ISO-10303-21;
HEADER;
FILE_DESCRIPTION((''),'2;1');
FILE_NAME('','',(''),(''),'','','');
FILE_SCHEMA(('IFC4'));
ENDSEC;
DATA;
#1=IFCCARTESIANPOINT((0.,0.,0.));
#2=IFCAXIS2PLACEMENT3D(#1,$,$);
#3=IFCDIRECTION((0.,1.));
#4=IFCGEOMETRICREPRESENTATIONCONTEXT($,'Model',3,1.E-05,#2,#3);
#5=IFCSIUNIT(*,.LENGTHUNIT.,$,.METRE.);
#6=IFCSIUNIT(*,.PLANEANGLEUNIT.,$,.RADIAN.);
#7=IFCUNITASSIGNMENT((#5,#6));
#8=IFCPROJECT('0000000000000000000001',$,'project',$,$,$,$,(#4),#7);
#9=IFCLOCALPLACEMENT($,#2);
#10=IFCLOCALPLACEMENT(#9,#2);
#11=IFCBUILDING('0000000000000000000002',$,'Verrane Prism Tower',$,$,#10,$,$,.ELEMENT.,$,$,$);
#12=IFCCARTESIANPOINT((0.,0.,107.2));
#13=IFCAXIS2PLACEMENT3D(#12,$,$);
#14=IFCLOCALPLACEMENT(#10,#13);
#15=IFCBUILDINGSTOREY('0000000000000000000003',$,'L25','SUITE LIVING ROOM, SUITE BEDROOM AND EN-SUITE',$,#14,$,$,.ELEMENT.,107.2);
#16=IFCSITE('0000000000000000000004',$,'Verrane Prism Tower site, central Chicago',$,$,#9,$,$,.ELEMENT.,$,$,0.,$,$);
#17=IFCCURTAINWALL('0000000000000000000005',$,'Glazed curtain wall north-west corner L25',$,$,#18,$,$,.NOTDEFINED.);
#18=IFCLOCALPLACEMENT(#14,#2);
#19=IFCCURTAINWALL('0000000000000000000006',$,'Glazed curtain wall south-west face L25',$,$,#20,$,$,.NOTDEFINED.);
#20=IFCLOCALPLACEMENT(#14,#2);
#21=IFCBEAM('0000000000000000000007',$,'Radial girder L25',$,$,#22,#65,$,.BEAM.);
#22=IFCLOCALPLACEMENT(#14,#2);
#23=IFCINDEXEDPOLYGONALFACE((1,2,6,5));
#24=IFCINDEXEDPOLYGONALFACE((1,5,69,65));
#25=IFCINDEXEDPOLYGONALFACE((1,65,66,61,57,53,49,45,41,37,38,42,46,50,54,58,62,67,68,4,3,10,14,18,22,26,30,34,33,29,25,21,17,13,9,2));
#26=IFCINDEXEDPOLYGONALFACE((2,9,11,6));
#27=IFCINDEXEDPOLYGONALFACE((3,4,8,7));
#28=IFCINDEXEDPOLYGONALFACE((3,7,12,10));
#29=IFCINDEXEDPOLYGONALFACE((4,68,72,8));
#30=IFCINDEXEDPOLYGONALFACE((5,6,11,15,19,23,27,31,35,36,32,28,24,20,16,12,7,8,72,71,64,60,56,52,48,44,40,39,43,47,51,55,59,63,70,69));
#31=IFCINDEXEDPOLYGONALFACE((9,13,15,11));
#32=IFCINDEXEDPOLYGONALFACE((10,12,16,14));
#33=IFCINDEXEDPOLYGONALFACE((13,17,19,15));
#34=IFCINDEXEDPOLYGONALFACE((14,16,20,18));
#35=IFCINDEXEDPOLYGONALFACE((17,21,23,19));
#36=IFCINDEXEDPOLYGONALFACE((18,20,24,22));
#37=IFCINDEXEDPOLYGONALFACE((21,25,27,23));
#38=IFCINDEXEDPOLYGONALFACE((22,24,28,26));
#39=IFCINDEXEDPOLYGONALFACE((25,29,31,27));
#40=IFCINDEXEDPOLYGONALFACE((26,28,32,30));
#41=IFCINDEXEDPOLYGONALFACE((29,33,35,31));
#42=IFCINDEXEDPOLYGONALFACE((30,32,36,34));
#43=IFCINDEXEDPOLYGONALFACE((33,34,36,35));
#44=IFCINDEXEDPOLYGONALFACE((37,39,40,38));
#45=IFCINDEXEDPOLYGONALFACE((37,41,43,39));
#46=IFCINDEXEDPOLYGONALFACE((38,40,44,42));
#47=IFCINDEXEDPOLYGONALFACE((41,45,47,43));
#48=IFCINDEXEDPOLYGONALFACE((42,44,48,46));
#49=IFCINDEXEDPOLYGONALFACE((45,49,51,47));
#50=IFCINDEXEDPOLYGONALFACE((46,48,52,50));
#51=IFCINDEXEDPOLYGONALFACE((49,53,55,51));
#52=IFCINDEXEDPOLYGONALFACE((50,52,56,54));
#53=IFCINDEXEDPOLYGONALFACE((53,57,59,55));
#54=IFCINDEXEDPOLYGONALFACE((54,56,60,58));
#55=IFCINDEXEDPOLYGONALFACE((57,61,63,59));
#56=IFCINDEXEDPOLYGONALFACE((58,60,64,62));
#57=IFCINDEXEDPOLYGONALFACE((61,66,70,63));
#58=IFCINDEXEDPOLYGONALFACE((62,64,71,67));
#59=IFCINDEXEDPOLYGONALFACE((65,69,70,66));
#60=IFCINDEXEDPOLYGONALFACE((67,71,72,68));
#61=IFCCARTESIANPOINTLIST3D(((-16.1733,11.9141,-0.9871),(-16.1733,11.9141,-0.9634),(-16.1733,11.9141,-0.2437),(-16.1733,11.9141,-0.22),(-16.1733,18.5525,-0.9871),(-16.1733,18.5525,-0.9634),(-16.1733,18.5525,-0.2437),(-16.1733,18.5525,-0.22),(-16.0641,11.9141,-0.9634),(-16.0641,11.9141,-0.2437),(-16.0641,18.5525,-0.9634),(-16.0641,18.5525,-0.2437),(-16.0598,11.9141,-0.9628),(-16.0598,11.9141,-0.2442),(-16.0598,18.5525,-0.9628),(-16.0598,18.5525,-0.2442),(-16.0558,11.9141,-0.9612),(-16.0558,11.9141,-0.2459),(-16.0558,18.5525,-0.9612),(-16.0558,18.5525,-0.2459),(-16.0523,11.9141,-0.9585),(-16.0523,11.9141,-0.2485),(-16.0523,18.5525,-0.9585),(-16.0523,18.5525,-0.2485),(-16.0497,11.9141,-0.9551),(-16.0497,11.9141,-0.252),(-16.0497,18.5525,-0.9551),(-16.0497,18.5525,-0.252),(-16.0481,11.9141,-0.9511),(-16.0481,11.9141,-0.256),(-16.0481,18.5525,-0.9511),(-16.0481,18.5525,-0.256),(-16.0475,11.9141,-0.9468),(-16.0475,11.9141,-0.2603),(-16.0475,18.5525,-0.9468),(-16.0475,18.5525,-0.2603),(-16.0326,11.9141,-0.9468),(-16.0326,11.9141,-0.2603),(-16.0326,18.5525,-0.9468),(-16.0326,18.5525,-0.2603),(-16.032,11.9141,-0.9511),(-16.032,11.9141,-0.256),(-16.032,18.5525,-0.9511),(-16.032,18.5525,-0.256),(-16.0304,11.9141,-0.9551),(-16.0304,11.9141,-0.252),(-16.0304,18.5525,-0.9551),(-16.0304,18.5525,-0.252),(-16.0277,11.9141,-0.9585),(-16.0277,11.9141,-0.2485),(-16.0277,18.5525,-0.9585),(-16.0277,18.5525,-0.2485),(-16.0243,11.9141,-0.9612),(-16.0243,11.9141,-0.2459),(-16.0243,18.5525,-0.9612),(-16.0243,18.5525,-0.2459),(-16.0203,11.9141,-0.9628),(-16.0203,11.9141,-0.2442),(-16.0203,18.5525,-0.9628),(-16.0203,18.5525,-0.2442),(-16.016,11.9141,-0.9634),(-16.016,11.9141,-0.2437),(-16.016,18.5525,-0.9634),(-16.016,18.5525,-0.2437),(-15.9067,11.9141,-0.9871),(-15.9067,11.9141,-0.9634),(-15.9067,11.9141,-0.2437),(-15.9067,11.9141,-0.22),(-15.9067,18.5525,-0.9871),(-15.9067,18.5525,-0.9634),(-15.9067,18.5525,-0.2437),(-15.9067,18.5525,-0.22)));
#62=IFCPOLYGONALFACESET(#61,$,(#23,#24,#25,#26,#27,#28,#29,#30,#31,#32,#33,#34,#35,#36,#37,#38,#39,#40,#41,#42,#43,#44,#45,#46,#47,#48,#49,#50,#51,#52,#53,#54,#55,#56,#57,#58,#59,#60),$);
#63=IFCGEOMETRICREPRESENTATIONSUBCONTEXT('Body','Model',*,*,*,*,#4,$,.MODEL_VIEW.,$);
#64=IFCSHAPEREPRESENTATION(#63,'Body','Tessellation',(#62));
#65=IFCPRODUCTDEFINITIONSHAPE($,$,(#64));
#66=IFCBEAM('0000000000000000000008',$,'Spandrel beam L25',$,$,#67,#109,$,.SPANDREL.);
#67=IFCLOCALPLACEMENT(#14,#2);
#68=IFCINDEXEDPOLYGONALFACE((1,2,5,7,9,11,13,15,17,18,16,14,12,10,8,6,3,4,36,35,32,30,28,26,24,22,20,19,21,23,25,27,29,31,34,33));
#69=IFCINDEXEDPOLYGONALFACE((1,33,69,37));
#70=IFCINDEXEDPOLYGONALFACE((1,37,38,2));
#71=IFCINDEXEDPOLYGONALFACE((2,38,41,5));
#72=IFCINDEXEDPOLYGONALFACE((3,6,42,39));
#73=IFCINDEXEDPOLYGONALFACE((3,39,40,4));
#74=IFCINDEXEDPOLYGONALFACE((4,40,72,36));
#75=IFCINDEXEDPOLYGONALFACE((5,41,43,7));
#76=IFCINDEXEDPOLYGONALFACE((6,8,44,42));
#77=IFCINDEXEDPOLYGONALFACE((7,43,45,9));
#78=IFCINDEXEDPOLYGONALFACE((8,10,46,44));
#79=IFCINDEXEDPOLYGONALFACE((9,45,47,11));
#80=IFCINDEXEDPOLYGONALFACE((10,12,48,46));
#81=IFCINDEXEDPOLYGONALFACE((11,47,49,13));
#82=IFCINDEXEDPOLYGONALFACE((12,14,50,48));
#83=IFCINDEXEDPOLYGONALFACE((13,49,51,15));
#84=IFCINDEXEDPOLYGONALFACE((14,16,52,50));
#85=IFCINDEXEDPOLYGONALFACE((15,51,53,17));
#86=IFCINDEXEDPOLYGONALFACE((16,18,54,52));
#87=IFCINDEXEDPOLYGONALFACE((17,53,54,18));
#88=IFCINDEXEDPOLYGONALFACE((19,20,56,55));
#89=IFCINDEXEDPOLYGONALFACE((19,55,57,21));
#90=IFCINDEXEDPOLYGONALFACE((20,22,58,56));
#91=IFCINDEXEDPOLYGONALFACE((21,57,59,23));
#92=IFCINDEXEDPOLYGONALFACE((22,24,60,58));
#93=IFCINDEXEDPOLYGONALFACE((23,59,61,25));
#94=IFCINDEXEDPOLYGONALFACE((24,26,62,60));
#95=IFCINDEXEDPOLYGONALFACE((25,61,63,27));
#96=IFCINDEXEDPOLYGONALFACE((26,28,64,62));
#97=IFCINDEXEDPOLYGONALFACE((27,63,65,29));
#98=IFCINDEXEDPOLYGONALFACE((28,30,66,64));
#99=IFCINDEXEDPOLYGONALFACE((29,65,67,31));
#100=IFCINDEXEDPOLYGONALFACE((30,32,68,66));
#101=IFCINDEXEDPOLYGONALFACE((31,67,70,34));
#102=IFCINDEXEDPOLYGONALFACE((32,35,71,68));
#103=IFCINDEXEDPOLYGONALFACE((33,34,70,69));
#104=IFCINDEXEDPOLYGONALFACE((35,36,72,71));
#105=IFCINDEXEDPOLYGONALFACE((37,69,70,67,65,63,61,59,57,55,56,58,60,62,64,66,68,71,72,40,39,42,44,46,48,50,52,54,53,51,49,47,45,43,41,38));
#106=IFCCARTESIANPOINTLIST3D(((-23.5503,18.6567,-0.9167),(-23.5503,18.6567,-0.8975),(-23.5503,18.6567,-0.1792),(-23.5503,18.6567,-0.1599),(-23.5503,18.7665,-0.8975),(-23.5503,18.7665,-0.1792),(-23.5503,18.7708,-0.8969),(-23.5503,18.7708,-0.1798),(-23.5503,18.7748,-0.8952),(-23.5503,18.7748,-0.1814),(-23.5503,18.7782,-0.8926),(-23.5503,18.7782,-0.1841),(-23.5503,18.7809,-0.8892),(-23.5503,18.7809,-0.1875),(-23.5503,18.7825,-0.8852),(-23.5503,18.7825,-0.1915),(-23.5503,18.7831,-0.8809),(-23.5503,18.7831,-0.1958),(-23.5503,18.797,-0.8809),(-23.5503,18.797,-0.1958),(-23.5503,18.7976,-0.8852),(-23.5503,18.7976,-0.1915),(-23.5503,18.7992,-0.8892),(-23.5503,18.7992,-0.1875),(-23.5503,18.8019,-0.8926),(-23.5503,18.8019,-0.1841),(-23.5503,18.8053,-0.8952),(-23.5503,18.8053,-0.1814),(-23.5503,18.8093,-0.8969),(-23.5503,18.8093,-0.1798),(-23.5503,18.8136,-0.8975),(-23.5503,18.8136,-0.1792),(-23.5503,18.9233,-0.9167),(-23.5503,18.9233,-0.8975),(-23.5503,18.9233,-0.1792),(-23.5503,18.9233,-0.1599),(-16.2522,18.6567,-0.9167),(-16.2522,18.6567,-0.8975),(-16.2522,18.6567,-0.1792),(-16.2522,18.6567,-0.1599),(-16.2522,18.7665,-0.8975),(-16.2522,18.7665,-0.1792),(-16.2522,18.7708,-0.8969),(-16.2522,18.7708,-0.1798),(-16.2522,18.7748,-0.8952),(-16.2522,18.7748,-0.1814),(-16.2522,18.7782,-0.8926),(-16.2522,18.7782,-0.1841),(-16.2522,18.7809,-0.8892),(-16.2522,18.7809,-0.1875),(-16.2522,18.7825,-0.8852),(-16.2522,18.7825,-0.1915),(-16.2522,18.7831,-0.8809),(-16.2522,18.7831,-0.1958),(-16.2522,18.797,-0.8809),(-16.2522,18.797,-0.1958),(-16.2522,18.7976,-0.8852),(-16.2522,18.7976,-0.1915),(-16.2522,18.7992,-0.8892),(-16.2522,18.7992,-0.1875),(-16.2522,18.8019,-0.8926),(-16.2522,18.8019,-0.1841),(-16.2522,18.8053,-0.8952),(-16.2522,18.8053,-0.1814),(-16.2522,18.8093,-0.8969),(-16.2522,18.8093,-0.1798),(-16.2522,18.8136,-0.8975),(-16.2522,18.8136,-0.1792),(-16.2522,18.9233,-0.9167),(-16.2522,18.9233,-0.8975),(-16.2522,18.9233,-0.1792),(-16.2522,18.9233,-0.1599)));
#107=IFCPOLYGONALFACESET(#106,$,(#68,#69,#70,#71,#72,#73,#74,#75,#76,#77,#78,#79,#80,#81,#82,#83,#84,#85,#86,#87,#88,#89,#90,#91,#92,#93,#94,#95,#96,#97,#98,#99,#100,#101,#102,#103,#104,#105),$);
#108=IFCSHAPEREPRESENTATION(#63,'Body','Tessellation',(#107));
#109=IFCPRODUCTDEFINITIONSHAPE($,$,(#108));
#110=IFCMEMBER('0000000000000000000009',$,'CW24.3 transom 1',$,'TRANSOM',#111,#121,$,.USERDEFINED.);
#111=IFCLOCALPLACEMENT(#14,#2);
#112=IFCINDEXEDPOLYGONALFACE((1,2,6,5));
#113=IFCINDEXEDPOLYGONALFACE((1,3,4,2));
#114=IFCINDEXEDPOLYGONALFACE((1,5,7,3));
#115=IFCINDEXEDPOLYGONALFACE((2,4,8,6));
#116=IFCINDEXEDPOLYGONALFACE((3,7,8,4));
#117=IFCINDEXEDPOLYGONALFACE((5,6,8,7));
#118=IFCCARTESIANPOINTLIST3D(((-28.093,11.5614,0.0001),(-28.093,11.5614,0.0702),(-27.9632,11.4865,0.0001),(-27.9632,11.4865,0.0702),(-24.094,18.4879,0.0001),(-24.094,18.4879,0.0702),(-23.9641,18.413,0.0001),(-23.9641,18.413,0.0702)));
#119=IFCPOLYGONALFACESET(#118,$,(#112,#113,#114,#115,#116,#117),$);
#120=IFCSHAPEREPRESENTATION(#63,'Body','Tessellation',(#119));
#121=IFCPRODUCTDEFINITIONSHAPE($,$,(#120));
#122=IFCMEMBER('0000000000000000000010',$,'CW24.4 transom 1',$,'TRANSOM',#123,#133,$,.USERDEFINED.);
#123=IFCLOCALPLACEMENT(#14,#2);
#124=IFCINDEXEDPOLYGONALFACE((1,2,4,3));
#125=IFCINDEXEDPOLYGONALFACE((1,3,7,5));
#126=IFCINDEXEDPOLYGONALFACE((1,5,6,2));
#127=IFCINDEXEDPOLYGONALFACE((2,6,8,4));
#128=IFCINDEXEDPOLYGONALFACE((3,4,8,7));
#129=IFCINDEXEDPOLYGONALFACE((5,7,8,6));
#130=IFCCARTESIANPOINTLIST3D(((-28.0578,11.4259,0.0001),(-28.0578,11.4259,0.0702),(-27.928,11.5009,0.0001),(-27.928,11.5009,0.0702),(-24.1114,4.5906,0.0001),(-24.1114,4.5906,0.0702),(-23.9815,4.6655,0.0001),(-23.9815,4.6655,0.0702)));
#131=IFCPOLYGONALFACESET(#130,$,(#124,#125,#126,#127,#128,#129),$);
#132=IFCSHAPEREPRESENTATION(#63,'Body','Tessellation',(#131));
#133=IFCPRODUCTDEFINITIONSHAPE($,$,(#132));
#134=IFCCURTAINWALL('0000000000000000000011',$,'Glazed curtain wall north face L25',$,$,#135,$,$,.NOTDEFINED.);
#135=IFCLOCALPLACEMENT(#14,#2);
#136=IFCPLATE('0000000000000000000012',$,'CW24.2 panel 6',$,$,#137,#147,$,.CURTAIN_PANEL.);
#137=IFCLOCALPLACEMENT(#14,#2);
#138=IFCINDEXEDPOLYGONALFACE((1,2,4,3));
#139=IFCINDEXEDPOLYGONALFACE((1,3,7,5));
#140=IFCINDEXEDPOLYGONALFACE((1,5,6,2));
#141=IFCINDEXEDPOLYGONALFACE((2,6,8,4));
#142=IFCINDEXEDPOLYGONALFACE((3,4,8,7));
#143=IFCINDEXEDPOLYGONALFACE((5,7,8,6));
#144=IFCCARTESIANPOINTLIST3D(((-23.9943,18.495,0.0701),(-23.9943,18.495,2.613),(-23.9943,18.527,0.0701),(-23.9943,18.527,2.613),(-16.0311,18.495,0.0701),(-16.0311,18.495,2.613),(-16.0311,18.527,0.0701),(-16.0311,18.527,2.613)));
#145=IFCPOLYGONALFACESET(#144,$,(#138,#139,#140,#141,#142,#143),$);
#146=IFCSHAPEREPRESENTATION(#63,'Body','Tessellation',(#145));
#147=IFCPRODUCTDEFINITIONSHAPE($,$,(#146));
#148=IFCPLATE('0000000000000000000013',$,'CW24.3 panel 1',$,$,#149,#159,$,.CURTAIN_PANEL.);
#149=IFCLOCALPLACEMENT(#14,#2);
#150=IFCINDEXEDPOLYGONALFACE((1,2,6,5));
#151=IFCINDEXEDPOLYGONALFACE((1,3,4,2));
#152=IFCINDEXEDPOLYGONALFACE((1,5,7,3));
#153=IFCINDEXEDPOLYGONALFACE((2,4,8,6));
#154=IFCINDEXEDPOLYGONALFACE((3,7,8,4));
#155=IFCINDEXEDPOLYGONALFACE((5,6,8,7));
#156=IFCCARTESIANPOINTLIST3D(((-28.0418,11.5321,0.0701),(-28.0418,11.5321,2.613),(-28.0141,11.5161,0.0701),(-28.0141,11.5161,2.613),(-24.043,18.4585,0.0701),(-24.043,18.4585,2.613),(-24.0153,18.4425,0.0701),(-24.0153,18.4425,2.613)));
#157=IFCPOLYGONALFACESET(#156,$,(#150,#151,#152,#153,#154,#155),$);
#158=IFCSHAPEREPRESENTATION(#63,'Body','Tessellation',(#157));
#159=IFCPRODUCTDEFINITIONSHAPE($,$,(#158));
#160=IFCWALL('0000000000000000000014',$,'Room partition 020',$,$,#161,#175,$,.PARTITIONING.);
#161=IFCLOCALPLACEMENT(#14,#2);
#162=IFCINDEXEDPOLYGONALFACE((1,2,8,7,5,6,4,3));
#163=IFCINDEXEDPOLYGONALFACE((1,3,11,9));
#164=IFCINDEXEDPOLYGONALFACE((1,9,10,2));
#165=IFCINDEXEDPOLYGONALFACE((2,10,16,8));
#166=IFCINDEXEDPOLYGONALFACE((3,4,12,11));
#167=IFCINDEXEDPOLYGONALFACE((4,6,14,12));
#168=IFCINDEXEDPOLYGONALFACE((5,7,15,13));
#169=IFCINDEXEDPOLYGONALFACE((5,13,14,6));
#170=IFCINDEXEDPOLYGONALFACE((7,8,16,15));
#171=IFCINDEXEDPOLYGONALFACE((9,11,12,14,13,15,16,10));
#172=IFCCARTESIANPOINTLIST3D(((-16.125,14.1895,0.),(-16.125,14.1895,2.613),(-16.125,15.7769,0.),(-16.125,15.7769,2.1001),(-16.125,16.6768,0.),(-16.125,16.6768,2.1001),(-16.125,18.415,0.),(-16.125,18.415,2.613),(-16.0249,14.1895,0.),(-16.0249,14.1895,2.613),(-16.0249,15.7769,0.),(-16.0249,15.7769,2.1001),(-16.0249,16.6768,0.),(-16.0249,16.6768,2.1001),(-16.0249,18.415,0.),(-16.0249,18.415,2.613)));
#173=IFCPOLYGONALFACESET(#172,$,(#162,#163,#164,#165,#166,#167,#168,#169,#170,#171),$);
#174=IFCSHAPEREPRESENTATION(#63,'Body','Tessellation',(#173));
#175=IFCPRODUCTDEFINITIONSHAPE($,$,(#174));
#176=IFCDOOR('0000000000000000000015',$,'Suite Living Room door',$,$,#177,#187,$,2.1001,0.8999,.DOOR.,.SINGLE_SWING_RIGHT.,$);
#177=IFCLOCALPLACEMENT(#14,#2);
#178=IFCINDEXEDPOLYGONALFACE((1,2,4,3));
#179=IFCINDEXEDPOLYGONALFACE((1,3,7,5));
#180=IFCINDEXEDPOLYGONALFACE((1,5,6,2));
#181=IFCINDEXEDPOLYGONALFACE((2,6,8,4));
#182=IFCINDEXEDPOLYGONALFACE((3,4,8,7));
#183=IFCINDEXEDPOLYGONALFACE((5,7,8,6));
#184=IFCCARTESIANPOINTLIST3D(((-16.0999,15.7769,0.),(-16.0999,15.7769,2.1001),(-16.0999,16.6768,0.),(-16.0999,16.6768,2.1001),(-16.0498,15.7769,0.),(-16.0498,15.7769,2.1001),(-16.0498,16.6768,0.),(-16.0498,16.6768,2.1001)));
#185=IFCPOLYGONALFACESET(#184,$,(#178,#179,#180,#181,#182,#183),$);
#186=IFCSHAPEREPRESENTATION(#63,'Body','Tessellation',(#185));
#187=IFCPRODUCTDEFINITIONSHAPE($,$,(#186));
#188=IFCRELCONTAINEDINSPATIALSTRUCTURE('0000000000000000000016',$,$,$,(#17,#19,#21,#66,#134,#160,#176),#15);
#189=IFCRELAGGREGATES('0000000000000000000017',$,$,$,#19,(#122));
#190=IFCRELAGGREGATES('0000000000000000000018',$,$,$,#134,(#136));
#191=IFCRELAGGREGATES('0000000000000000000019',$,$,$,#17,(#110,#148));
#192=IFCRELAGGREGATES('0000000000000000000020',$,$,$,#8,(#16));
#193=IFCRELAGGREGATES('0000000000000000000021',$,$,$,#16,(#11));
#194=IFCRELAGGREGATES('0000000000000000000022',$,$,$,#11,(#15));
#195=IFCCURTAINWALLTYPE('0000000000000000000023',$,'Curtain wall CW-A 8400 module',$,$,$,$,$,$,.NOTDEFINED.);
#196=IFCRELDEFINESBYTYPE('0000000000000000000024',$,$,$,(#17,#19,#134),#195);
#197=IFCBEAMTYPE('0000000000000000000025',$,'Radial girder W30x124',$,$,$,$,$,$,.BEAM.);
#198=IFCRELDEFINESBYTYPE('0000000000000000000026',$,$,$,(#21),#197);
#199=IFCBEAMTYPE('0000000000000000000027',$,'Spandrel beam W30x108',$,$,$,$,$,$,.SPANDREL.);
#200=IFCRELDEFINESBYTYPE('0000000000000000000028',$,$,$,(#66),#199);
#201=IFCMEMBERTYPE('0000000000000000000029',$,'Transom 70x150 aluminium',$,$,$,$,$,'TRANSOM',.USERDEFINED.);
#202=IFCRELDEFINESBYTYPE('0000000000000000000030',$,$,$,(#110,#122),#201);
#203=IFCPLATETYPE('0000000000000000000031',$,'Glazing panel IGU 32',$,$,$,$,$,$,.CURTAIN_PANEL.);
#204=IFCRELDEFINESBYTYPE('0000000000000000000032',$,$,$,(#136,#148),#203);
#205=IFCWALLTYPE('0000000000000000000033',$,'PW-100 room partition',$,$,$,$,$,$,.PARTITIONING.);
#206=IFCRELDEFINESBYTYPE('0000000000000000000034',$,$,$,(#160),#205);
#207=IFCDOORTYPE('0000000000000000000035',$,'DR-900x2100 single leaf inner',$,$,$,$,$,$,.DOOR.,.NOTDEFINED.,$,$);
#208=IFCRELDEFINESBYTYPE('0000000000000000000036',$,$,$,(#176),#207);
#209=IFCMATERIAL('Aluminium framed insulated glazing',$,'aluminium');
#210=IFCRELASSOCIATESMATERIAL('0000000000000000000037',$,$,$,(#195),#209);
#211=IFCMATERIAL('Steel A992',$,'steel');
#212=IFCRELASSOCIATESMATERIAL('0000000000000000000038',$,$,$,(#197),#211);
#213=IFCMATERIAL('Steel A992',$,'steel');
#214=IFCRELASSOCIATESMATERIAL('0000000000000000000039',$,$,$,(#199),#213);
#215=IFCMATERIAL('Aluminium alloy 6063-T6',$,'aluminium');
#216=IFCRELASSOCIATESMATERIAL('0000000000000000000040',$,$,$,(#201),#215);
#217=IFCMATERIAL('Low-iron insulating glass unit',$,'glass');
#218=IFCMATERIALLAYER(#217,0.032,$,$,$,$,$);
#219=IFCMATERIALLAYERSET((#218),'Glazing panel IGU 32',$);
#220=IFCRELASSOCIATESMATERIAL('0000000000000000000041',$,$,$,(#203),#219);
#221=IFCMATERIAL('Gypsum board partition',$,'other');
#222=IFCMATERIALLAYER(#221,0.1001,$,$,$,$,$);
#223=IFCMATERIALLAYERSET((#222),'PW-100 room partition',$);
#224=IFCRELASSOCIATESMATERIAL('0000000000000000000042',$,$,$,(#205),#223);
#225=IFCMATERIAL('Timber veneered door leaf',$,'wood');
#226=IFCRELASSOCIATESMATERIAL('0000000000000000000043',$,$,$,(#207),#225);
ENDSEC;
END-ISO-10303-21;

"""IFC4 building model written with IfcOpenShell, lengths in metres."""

from ifc_helpers import new_model, si_unit, direction, frame, frame_2d, origin, origin_2d, place, context, subcontext, project, spatial, rectangle, i_section, extrude, material, layer, layer_set, material_profile, profile_set, type_object, element, fill, aggregate, save


model = new_model("IFC4")

# Units and contexts
model_context = context("Model", 3, precision=1e-05, world=origin(), true_north=direction((0.0, 1.0)))
body_context = subcontext(model_context, "Body", "Model", "MODEL_VIEW")
ifc_project = project(units=[si_unit("LENGTHUNIT", "METRE"), si_unit("PLANEANGLEUNIT", "RADIAN")], contexts=[model_context])

# Site, building, storey
site_placement = place(None, origin())
site = spatial("IfcSite", under=ifc_project, at=site_placement, Name="Verrane Prism Tower site, central Chicago", CompositionType="ELEMENT", RefElevation=0.0)
building_placement = place(site_placement, origin())
building = spatial("IfcBuilding", under=site, at=building_placement, Name="Verrane Prism Tower", CompositionType="ELEMENT")
storey_placement = place(building_placement, frame((0.0, 0.0, 107.2)))
storey = spatial("IfcBuildingStorey", under=building, at=storey_placement, Name="L25", Description="SUITE LIVING ROOM, SUITE BEDROOM AND EN-SUITE", CompositionType="ELEMENT", Elevation=107.2)

# Curtain walls
ifc_material_1 = material(Name="Aluminium framed insulated glazing", Category="aluminium")
curtain_wall_type = type_object("IfcCurtainWallType", Name="Curtain wall CW-A 8400 module", PredefinedType="NOTDEFINED", material=ifc_material_1)
curtain_wall_1_placement = place(storey_placement, origin())
curtain_wall_1 = element("IfcCurtainWall", 1, at=curtain_wall_1_placement, inside=storey, type_object=curtain_wall_type, Name="Glazed curtain wall north-west corner L25", PredefinedType="NOTDEFINED")
curtain_wall_2_placement = place(storey_placement, origin())
curtain_wall_2 = element("IfcCurtainWall", 2, at=curtain_wall_2_placement, inside=storey, type_object=curtain_wall_type, Name="Glazed curtain wall south-west face L25", PredefinedType="NOTDEFINED")

# Beams
ifc_material_2 = material(Name="Steel A992", Category="steel")
ifc_material_profile_1 = material_profile(ifc_material_2, i_section(OverallWidth=0.2666, OverallDepth=0.7671, WebThickness=0.0149, FlangeThickness=0.0237, FilletRadius=0.0166, at=origin_2d()), Name="W30x124")
ifc_profile_set_1 = profile_set([ifc_material_profile_1], Name="Steel A992")
beam_type_1 = type_object("IfcBeamType", Name="Radial girder W30x124", PredefinedType="BEAM", material=ifc_profile_set_1)
beam_1_placement = place(storey_placement, frame((-16.04, 18.5525, -0.6035), z_axis=(0.0, -1.0, 0.0), x_axis=(1.0, 0.0, 0.0)))
element("IfcBeam", 3, at=beam_1_placement, inside=storey, type_object=beam_type_1, Name="Radial girder L25", PredefinedType="BEAM", context=body_context, shape_type="SweptSolid", body=[
    extrude(i_section(OverallWidth=0.2666, OverallDepth=0.7671, WebThickness=0.0149, FlangeThickness=0.0237, FilletRadius=0.0166, at=origin_2d()), origin(), (0.0, 0.0, 1.0), 6.6384),
])
ifc_material_3 = material(Name="Steel A992", Category="steel")
ifc_material_profile_2 = material_profile(ifc_material_3, i_section(OverallWidth=0.2666, OverallDepth=0.7568, WebThickness=0.0139, FlangeThickness=0.0193, FilletRadius=0.0166, at=origin_2d()), Name="W30x108")
ifc_profile_set_2 = profile_set([ifc_material_profile_2], Name="Steel A992")
beam_type_2 = type_object("IfcBeamType", Name="Spandrel beam W30x108", PredefinedType="SPANDREL", material=ifc_profile_set_2)
beam_2_placement = place(storey_placement, frame((-16.2522, 18.79, -0.5383), z_axis=(-1.0, 0.0, 0.0), x_axis=(0.0, -1.0, 0.0)))
element("IfcBeam", 4, at=beam_2_placement, inside=storey, type_object=beam_type_2, Name="Spandrel beam L25", PredefinedType="SPANDREL", context=body_context, shape_type="SweptSolid", body=[
    extrude(i_section(OverallWidth=0.2666, OverallDepth=0.7568, WebThickness=0.0139, FlangeThickness=0.0193, FilletRadius=0.0166, at=origin_2d()), origin(), (0.0, 0.0, 1.0), 7.2981),
])

# Members
ifc_material_4 = material(Name="Aluminium alloy 6063-T6", Category="aluminium")
ifc_material_profile_3 = material_profile(ifc_material_4, rectangle(XDim=0.1499, YDim=0.0701, at=origin_2d()), Name="Transom 70x150 aluminium")
ifc_profile_set_3 = profile_set([ifc_material_profile_3], Name="Aluminium alloy 6063-T6")
member_type_1 = type_object("IfcMemberType", Name="Transom 70x150 aluminium", ElementType="TRANSOM", PredefinedType="USERDEFINED", material=ifc_profile_set_3)
member_1_placement = place(storey_placement, frame((-24.0291, 18.4504, 0.0352), z_axis=(-0.5, -0.866025, 0.0), x_axis=(0.866025, -0.5, 0.0)))
member_1 = element("IfcMember", 5, at=member_1_placement, type_object=member_type_1, Name="CW24.3 transom 1", ObjectType="TRANSOM", PredefinedType="USERDEFINED", context=body_context, shape_type="SweptSolid", body=[
    extrude(rectangle(XDim=0.1499, YDim=0.0701, at=origin_2d()), origin(), (0.0, 0.0, 1.0), 7.998),
])
member_2_placement = place(storey_placement, frame((-27.9929, 11.4634, 0.0352), z_axis=(0.500008, -0.866021, 0.0), x_axis=(0.866021, 0.500008, 0.0)))
member_2 = element("IfcMember", 6, at=member_2_placement, type_object=member_type_1, Name="CW24.4 transom 1", ObjectType="TRANSOM", PredefinedType="USERDEFINED", context=body_context, shape_type="SweptSolid", body=[
    extrude(rectangle(XDim=0.1499, YDim=0.0701, at=origin_2d()), origin(), (0.0, 0.0, 1.0), 7.8928),
])
aggregate(curtain_wall_2, [member_2])

# Curtain wall, plate
curtain_wall_3_placement = place(storey_placement, origin())
curtain_wall_3 = element("IfcCurtainWall", 7, at=curtain_wall_3_placement, inside=storey, type_object=curtain_wall_type, Name="Glazed curtain wall north face L25", PredefinedType="NOTDEFINED")
ifc_material_5 = material(Name="Low-iron insulating glass unit", Category="glass")
ifc_layer_1 = layer(ifc_material_5, 0.032)
ifc_layer_set_1 = layer_set([ifc_layer_1], Name="Glazing panel IGU 32")
plate_type = type_object("IfcPlateType", Name="Glazing panel IGU 32", PredefinedType="CURTAIN_PANEL", material=ifc_layer_set_1)
plate_1_placement = place(storey_placement, frame((-20.0127, 18.511, 0.0701), z_axis=(0.0, 0.0, 1.0), x_axis=(-1.0, 0.0, 0.0)))
plate_1 = element("IfcPlate", 8, at=plate_1_placement, type_object=plate_type, Name="CW24.2 panel 6", PredefinedType="CURTAIN_PANEL", context=body_context, shape_type="SweptSolid", body=[
    extrude(rectangle(XDim=7.9631, YDim=0.032, at=origin_2d()), origin(), (0.0, 0.0, 1.0), 2.543),
])
aggregate(curtain_wall_3, [plate_1])

# Plate
plate_2_placement = place(storey_placement, frame((-26.0286, 14.9873, 0.0701), z_axis=(0.0, 0.0, 1.0), x_axis=(-0.499996, -0.866028, 0.0)))
plate_2 = element("IfcPlate", 9, at=plate_2_placement, type_object=plate_type, Name="CW24.3 panel 1", PredefinedType="CURTAIN_PANEL", context=body_context, shape_type="SweptSolid", body=[
    extrude(rectangle(XDim=7.9978, YDim=0.032, at=origin_2d()), origin(), (0.0, 0.0, 1.0), 2.543),
])
aggregate(curtain_wall_1, [member_1, plate_2])

# Wall, opening, door
ifc_material_6 = material(Name="Gypsum board partition", Category="other")
ifc_layer_2 = layer(ifc_material_6, 0.1001)
ifc_layer_set_2 = layer_set([ifc_layer_2], Name="PW-100 room partition")
wall_type_1 = type_object("IfcWallType", Name="PW-100 room partition", PredefinedType="PARTITIONING", material=ifc_layer_set_2)
wall_1_placement = place(storey_placement, frame((-16.075, 14.1895, 0.0), z_axis=(0.0, 0.0, 1.0), x_axis=(0.0, 1.0, 0.0)))
wall_1 = element("IfcWall", 10, at=wall_1_placement, inside=storey, type_object=wall_type_1, Name="Room partition 020", PredefinedType="PARTITIONING", context=body_context, shape_type="SweptSolid", body=[
    extrude(rectangle(XDim=4.2256, YDim=0.1001, at=frame_2d((2.1128, 0.0))), origin(), (0.0, 0.0, 1.0), 2.613),
])
opening_1_placement = place(wall_1_placement, frame((1.5874, 0.0, 0.0)))
opening_1 = element("IfcOpeningElement", 11, at=opening_1_placement, cuts=wall_1, PredefinedType="OPENING", context=body_context, shape_type="SweptSolid", body=[
    extrude(rectangle(XDim=0.8999, YDim=2.1001, at=frame_2d((0.45, 1.05))), frame((0.0, 0.0601, 0.0), z_axis=(0.0, -1.0, 0.0), x_axis=(1.0, 0.0, 0.0)), (0.0, 0.0, 1.0), 0.1201),
])
ifc_material_7 = material(Name="Timber veneered door leaf", Category="wood")
door_type_1 = type_object("IfcDoorType", Name="DR-900x2100 single leaf inner", OperationType="NOTDEFINED", PredefinedType="DOOR", material=ifc_material_7)
door_1_placement = place(opening_1_placement, origin())
door_1 = element("IfcDoor", 12, at=door_1_placement, inside=storey, type_object=door_type_1, Name="Suite Living Room door", OperationType="SINGLE_SWING_RIGHT", OverallHeight=2.1001, OverallWidth=0.8999, PredefinedType="DOOR", context=body_context, shape_type="SweptSolid", body=[
    extrude(rectangle(XDim=0.8999, YDim=2.1001, at=frame_2d((0.45, 1.05))), frame((0.0, 0.0249, 0.0), z_axis=(0.0, -1.0, 0.0), x_axis=(1.0, 0.0, 0.0)), (0.0, 0.0, 1.0), 0.05),
])
fill(opening_1, door_1)

save(model, "model.ifc")
